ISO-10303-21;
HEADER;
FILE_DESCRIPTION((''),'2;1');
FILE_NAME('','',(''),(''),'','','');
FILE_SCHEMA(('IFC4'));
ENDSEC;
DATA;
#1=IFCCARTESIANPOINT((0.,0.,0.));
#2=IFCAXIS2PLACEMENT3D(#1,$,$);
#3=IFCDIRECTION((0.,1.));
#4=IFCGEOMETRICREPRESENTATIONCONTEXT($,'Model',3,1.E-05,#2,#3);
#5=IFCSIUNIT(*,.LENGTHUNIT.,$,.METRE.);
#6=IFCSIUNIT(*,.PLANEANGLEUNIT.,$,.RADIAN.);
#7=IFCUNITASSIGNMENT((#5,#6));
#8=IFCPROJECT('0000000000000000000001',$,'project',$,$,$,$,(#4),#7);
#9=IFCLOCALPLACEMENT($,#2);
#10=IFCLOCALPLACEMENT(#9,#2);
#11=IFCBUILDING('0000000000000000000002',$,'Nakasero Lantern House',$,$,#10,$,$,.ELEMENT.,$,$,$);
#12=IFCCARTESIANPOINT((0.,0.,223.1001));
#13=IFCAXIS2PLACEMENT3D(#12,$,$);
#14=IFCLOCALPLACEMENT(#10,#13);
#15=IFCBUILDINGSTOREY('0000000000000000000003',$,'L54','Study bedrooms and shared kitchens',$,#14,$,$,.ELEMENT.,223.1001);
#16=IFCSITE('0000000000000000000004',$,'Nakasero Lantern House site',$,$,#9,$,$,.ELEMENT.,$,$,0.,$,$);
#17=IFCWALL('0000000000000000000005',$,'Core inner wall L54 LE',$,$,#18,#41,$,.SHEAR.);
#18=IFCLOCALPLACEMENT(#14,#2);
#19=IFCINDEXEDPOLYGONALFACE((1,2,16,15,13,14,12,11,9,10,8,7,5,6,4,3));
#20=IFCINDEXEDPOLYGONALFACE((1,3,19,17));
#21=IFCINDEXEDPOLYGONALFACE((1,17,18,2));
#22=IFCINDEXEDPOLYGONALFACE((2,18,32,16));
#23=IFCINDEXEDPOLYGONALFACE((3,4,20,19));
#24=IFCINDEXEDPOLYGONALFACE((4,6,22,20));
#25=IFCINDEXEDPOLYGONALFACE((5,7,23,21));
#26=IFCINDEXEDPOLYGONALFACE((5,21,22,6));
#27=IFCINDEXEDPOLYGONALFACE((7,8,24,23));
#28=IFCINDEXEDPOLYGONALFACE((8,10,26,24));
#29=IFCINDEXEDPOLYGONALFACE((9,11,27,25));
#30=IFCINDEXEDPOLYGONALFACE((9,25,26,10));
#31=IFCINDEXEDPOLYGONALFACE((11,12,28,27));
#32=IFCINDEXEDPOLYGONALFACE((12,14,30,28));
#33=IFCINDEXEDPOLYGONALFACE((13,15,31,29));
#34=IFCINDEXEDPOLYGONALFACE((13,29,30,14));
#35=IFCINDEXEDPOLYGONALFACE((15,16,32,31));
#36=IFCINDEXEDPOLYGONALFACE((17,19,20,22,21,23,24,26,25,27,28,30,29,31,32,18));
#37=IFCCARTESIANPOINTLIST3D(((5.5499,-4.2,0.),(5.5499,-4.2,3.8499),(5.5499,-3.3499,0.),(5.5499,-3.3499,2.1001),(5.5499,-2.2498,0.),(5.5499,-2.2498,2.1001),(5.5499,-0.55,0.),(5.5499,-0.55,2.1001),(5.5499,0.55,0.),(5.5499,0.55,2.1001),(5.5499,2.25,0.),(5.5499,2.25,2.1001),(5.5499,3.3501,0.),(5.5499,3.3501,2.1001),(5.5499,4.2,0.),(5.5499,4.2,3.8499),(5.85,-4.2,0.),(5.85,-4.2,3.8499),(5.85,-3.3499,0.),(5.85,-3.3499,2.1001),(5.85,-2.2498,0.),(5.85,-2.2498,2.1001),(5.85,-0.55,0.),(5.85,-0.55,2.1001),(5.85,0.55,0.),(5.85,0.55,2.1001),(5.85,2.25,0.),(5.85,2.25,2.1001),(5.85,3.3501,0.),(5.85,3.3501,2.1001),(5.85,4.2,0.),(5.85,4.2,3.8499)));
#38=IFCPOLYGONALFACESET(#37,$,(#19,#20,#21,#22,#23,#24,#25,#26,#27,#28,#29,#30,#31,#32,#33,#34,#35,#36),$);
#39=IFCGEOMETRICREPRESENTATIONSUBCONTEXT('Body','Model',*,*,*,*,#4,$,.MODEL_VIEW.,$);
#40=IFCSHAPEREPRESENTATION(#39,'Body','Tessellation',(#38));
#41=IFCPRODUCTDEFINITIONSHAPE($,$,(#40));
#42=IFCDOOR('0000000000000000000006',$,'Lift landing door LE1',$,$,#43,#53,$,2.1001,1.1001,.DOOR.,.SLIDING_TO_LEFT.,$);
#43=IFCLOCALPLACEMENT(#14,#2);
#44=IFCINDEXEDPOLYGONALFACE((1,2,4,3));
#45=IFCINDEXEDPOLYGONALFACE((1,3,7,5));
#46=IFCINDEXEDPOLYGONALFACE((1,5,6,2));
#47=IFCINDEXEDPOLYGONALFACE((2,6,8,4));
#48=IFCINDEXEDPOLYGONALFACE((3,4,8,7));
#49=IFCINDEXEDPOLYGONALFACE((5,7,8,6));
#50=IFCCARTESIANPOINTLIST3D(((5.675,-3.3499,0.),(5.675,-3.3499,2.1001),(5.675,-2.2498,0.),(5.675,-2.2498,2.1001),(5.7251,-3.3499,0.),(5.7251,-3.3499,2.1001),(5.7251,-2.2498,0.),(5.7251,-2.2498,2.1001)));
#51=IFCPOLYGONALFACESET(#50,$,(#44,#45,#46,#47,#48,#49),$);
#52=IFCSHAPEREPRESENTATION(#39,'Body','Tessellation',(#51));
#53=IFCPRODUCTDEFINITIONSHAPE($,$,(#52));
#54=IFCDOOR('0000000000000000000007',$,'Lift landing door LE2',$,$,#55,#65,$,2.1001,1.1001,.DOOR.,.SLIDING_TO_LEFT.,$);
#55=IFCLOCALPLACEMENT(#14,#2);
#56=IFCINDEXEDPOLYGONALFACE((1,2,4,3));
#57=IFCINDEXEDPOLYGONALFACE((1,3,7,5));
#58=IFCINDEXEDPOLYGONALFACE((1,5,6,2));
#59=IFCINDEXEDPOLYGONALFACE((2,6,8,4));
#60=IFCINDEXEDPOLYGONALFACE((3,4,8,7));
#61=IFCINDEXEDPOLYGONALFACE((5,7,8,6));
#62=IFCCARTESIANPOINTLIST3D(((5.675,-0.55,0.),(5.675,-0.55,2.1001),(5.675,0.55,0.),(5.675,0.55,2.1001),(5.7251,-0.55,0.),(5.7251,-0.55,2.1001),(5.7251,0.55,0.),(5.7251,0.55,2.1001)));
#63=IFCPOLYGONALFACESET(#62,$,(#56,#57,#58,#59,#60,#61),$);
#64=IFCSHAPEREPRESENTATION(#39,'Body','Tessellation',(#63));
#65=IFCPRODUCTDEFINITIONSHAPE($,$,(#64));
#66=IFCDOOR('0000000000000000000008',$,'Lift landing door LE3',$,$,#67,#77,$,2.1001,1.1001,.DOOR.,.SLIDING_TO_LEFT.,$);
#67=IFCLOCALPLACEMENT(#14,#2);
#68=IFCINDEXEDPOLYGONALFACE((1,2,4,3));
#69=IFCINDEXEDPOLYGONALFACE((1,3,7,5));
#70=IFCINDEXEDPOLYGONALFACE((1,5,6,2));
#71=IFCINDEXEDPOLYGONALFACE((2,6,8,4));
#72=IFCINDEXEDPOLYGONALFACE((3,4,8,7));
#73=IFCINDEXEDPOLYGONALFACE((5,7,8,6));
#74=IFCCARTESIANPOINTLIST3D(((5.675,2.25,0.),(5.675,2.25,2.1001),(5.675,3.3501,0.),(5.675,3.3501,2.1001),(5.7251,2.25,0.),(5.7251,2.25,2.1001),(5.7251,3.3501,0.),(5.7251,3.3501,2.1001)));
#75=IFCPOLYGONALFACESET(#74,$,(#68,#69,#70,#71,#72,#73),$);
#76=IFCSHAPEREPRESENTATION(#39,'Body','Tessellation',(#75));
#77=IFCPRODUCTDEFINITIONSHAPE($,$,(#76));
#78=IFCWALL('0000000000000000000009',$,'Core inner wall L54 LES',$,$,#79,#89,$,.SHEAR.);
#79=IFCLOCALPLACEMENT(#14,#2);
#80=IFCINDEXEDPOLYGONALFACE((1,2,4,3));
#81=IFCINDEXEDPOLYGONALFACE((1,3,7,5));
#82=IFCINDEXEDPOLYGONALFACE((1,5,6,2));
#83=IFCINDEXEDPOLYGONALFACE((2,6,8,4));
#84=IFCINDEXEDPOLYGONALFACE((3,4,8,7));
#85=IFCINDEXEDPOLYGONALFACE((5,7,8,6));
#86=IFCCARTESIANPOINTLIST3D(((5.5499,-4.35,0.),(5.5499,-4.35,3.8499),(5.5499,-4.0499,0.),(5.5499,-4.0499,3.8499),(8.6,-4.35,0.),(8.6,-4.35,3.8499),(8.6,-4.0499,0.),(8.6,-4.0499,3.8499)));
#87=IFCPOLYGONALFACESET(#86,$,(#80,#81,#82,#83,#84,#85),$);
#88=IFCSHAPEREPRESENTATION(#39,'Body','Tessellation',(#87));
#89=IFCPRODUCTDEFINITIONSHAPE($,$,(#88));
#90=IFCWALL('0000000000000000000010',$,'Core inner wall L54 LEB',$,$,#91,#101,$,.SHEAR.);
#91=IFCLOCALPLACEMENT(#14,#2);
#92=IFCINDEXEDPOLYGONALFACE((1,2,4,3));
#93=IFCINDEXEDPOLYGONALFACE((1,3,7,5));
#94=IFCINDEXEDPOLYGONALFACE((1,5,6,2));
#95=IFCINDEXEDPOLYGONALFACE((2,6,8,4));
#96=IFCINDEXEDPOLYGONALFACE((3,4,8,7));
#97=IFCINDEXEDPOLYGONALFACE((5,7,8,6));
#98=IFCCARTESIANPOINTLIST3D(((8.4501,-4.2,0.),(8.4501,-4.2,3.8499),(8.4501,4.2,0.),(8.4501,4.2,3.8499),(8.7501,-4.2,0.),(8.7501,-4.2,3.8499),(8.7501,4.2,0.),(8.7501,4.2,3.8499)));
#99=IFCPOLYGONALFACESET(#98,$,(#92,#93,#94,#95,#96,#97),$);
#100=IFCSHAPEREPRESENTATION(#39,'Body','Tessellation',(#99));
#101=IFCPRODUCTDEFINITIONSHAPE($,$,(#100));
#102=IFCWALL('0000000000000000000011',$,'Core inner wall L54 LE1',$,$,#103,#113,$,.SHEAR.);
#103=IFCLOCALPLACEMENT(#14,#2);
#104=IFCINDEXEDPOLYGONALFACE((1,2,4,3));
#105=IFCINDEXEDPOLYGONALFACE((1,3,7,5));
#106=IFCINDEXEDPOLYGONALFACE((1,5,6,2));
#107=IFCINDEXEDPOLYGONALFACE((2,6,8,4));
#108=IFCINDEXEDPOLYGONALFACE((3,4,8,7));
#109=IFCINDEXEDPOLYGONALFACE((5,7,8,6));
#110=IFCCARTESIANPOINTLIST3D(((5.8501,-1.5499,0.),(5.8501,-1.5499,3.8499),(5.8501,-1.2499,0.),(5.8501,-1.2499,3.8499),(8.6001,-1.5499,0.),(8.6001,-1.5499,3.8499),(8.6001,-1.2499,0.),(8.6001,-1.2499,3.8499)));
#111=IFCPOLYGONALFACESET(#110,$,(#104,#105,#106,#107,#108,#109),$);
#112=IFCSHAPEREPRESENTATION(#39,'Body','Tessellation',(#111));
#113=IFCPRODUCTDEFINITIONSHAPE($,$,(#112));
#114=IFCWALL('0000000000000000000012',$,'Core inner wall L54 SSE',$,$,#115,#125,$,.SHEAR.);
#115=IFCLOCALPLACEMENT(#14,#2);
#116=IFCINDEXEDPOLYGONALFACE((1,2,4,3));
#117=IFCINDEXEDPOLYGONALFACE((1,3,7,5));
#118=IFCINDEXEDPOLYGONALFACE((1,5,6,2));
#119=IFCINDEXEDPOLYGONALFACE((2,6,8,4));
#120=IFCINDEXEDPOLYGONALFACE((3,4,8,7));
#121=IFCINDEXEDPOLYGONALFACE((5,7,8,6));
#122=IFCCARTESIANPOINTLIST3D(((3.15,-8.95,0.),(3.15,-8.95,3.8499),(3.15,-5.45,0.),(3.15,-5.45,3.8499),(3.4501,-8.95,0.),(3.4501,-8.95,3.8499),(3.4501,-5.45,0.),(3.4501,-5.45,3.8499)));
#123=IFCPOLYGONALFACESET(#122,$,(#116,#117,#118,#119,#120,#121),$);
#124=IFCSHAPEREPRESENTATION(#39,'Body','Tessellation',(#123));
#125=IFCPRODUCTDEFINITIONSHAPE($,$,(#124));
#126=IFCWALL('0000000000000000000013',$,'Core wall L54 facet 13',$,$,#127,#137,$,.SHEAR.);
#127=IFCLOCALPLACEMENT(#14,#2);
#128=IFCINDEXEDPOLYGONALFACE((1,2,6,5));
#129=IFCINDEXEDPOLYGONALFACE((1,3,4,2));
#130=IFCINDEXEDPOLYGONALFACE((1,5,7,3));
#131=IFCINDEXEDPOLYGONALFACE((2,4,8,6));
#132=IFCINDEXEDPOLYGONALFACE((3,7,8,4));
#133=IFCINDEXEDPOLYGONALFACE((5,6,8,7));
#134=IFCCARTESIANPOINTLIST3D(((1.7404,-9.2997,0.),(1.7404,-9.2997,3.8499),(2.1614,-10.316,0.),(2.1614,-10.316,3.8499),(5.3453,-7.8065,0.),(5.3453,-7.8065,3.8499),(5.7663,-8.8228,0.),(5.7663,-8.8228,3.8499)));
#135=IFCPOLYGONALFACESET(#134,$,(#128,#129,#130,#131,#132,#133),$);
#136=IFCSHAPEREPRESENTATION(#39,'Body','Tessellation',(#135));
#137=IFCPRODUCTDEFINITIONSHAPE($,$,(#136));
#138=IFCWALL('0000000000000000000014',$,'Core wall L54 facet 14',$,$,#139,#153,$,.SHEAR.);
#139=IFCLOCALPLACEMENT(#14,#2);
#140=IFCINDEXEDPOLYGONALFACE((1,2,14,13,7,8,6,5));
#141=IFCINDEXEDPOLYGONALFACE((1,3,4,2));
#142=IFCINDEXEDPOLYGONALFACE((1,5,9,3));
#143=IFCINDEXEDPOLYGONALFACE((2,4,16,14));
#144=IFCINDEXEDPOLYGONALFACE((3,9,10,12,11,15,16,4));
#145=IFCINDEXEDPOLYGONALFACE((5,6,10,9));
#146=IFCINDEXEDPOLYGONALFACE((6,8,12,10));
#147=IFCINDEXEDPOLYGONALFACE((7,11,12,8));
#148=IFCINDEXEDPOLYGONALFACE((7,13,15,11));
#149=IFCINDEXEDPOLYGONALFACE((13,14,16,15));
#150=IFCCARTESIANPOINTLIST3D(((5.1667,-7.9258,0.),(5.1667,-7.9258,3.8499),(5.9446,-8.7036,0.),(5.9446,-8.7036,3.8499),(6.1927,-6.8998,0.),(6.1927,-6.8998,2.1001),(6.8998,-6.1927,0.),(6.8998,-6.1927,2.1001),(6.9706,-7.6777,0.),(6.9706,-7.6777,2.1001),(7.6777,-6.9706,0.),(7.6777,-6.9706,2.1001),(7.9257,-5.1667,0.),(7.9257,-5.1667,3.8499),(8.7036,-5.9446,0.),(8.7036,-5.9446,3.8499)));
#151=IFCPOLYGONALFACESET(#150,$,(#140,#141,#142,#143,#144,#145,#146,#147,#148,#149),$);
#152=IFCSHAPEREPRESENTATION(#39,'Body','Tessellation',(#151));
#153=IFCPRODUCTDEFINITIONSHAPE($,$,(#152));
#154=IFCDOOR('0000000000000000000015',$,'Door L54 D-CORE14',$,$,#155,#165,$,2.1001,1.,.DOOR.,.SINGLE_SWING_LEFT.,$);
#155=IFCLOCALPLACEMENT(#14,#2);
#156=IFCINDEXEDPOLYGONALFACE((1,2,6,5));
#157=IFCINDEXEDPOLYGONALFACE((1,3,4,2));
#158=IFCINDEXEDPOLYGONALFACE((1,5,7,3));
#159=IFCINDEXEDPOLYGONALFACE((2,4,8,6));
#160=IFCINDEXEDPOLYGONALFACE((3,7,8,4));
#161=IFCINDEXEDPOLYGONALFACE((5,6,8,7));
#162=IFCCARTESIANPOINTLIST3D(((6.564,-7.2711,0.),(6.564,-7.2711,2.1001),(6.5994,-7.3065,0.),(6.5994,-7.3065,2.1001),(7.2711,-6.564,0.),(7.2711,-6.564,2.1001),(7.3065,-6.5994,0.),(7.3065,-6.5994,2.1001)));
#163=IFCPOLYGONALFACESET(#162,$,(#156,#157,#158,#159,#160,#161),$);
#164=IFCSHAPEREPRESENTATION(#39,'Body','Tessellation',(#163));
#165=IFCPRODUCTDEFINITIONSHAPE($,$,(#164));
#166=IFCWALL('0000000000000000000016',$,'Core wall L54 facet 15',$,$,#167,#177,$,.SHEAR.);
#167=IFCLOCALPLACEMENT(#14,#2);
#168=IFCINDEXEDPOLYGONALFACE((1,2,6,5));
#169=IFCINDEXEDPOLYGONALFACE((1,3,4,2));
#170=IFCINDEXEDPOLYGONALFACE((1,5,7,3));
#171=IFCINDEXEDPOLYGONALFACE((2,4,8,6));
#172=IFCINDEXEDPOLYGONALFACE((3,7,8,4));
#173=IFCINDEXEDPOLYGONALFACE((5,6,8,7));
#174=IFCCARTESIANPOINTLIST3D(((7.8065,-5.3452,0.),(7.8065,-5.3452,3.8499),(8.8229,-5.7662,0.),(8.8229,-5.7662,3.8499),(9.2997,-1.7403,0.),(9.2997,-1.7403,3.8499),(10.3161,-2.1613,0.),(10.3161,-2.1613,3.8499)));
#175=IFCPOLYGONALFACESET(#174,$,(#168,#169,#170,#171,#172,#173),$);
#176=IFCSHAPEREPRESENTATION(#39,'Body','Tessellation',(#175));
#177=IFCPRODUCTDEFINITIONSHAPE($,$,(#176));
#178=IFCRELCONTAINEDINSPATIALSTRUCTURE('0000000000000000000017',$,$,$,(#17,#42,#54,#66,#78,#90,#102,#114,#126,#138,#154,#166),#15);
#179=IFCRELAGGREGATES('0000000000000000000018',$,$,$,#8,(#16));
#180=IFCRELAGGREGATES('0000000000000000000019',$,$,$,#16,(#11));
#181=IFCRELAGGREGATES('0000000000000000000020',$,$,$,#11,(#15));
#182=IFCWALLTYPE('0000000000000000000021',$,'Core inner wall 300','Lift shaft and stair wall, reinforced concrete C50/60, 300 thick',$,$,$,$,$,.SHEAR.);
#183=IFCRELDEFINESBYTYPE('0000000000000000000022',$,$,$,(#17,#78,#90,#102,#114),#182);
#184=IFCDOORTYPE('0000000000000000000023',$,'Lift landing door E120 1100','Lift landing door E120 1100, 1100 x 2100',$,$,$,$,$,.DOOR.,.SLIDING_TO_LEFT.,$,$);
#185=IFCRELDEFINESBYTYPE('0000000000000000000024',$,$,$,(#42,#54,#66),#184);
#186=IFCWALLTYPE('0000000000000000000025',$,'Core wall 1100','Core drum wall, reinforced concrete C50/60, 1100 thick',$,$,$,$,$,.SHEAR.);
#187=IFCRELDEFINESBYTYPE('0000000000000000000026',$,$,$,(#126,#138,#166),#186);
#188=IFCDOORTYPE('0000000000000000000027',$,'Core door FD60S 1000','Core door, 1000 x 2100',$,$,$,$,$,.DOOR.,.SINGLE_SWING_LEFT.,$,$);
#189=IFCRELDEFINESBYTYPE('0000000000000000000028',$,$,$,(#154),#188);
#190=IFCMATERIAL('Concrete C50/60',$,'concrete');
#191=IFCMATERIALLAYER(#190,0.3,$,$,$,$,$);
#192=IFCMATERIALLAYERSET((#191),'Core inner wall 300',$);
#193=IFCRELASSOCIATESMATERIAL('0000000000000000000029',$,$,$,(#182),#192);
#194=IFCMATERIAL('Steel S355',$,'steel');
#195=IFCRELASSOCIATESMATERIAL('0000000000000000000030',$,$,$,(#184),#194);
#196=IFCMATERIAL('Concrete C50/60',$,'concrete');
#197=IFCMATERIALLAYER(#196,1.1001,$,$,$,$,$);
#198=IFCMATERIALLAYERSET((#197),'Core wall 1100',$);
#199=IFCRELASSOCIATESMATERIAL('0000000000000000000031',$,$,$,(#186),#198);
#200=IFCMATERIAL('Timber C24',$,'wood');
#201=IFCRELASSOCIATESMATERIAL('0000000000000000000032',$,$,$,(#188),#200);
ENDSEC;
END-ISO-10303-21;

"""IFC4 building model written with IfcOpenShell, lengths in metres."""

from ifc_helpers import new_model, si_unit, direction, frame, frame_2d, origin, place, context, subcontext, project, spatial, rectangle, extrude, material, layer, layer_set, type_object, element, fill, save


model = new_model("IFC4")

# Units and contexts
model_context = context("Model", 3, precision=1e-05, world=origin(), true_north=direction((0.0, 1.0)))
body_context = subcontext(model_context, "Body", "Model", "MODEL_VIEW")
ifc_project = project(units=[si_unit("LENGTHUNIT", "METRE"), si_unit("PLANEANGLEUNIT", "RADIAN")], contexts=[model_context])

# Site, building, storey
site_placement = place(None, origin())
site = spatial("IfcSite", under=ifc_project, at=site_placement, Name="Nakasero Lantern House site", CompositionType="ELEMENT", RefElevation=0.0)
building_placement = place(site_placement, origin())
building = spatial("IfcBuilding", under=site, at=building_placement, Name="Nakasero Lantern House", CompositionType="ELEMENT")
storey_placement = place(building_placement, frame((0.0, 0.0, 223.1001)))
storey = spatial("IfcBuildingStorey", under=building, at=storey_placement, Name="L54", Description="Study bedrooms and shared kitchens", CompositionType="ELEMENT", Elevation=223.1001)

# Wall, openings, doors
ifc_material_1 = material(Name="Concrete C50/60", Category="concrete")
ifc_layer_1 = layer(ifc_material_1, 0.3)
ifc_layer_set_1 = layer_set([ifc_layer_1], Name="Core inner wall 300")
wall_type_1 = type_object("IfcWallType", Name="Core inner wall 300", Description="Lift shaft and stair wall, reinforced concrete C50/60, 300 thick", PredefinedType="SHEAR", material=ifc_layer_set_1)
wall_1_placement = place(storey_placement, frame((5.7, -4.2, 0.0), z_axis=(0.0, 0.0, 1.0), x_axis=(0.0, 1.0, 0.0)))
wall_1 = element("IfcWall", 1, at=wall_1_placement, inside=storey, type_object=wall_type_1, Name="Core inner wall L54 LE", PredefinedType="SHEAR", context=body_context, shape_type="SweptSolid", body=[
    extrude(rectangle(XDim=8.3999, YDim=0.3, at=frame_2d((4.2, 0.0))), origin(), (0.0, 0.0, 1.0), 3.8499),
])
opening_1_placement = place(wall_1_placement, frame((0.8501, 0.0, 0.0)))
opening_1 = element("IfcOpeningElement", 2, at=opening_1_placement, cuts=wall_1, PredefinedType="OPENING", context=body_context, shape_type="SweptSolid", body=[
    extrude(rectangle(XDim=1.1001, YDim=2.1001, at=frame_2d((0.55, 1.05))), frame((0.0, 0.1699, 0.0), z_axis=(0.0, -1.0, 0.0), x_axis=(1.0, 0.0, 0.0)), (0.0, 0.0, 1.0), 0.3401),
])
opening_2_placement = place(wall_1_placement, frame((3.6499, 0.0, 0.0)))
opening_2 = element("IfcOpeningElement", 3, at=opening_2_placement, cuts=wall_1, PredefinedType="OPENING", context=body_context, shape_type="SweptSolid", body=[
    extrude(rectangle(XDim=1.1001, YDim=2.1001, at=frame_2d((0.55, 1.05))), frame((0.0, 0.1699, 0.0), z_axis=(0.0, -1.0, 0.0), x_axis=(1.0, 0.0, 0.0)), (0.0, 0.0, 1.0), 0.3401),
])
opening_3_placement = place(wall_1_placement, frame((6.45, 0.0, 0.0)))
opening_3 = element("IfcOpeningElement", 4, at=opening_3_placement, cuts=wall_1, PredefinedType="OPENING", context=body_context, shape_type="SweptSolid", body=[
    extrude(rectangle(XDim=1.1001, YDim=2.1001, at=frame_2d((0.55, 1.05))), frame((0.0, 0.1699, 0.0), z_axis=(0.0, -1.0, 0.0), x_axis=(1.0, 0.0, 0.0)), (0.0, 0.0, 1.0), 0.3401),
])
ifc_material_2 = material(Name="Steel S355", Category="steel")
door_type_1 = type_object("IfcDoorType", Name="Lift landing door E120 1100", Description="Lift landing door E120 1100, 1100 x 2100", OperationType="SLIDING_TO_LEFT", PredefinedType="DOOR", material=ifc_material_2)
door_1_placement = place(opening_1_placement, origin())
door_1 = element("IfcDoor", 5, at=door_1_placement, inside=storey, type_object=door_type_1, Name="Lift landing door LE1", OperationType="SLIDING_TO_LEFT", OverallHeight=2.1001, OverallWidth=1.1001, PredefinedType="DOOR", context=body_context, shape_type="SweptSolid", body=[
    extrude(rectangle(XDim=1.1001, YDim=2.1001, at=frame_2d((0.55, 1.05))), frame((0.0, 0.0249, 0.0), z_axis=(0.0, -1.0, 0.0), x_axis=(1.0, 0.0, 0.0)), (0.0, 0.0, 1.0), 0.05),
])
fill(opening_1, door_1)
door_2_placement = place(opening_2_placement, origin())
door_2 = element("IfcDoor", 6, at=door_2_placement, inside=storey, type_object=door_type_1, Name="Lift landing door LE2", OperationType="SLIDING_TO_LEFT", OverallHeight=2.1001, OverallWidth=1.1001, PredefinedType="DOOR", context=body_context, shape_type="SweptSolid", body=[
    extrude(rectangle(XDim=1.1001, YDim=2.1001, at=frame_2d((0.55, 1.05))), frame((0.0, 0.0249, 0.0), z_axis=(0.0, -1.0, 0.0), x_axis=(1.0, 0.0, 0.0)), (0.0, 0.0, 1.0), 0.05),
])
fill(opening_2, door_2)
door_3_placement = place(opening_3_placement, origin())
door_3 = element("IfcDoor", 7, at=door_3_placement, inside=storey, type_object=door_type_1, Name="Lift landing door LE3", OperationType="SLIDING_TO_LEFT", OverallHeight=2.1001, OverallWidth=1.1001, PredefinedType="DOOR", context=body_context, shape_type="SweptSolid", body=[
    extrude(rectangle(XDim=1.1001, YDim=2.1001, at=frame_2d((0.55, 1.05))), frame((0.0, 0.0249, 0.0), z_axis=(0.0, -1.0, 0.0), x_axis=(1.0, 0.0, 0.0)), (0.0, 0.0, 1.0), 0.05),
])
fill(opening_3, door_3)

# Walls
wall_2_placement = place(storey_placement, frame((5.55, -4.2, 0.0), z_axis=(0.0, 0.0, 1.0), x_axis=(1.0, 0.0, 0.0)))
element("IfcWall", 8, at=wall_2_placement, inside=storey, type_object=wall_type_1, Name="Core inner wall L54 LES", PredefinedType="SHEAR", context=body_context, shape_type="SweptSolid", body=[
    extrude(rectangle(XDim=3.05, YDim=0.3, at=frame_2d((1.5249, 0.0))), origin(), (0.0, 0.0, 1.0), 3.8499),
])
wall_3_placement = place(storey_placement, frame((8.6001, -4.2, 0.0), z_axis=(0.0, 0.0, 1.0), x_axis=(0.0, 1.0, 0.0)))
element("IfcWall", 9, at=wall_3_placement, inside=storey, type_object=wall_type_1, Name="Core inner wall L54 LEB", PredefinedType="SHEAR", context=body_context, shape_type="SweptSolid", body=[
    extrude(rectangle(XDim=8.3999, YDim=0.3, at=frame_2d((4.2, 0.0))), origin(), (0.0, 0.0, 1.0), 3.8499),
])
wall_4_placement = place(storey_placement, frame((5.8501, -1.3999, 0.0), z_axis=(0.0, 0.0, 1.0), x_axis=(1.0, 0.0, 0.0)))
element("IfcWall", 10, at=wall_4_placement, inside=storey, type_object=wall_type_1, Name="Core inner wall L54 LE1", PredefinedType="SHEAR", context=body_context, shape_type="SweptSolid", body=[
    extrude(rectangle(XDim=2.75, YDim=0.3, at=frame_2d((1.375, 0.0))), origin(), (0.0, 0.0, 1.0), 3.8499),
])
wall_5_placement = place(storey_placement, frame((3.3, -5.45, 0.0), z_axis=(0.0, 0.0, 1.0), x_axis=(0.0, -1.0, 0.0)))
element("IfcWall", 11, at=wall_5_placement, inside=storey, type_object=wall_type_1, Name="Core inner wall L54 SSE", PredefinedType="SHEAR", context=body_context, shape_type="SweptSolid", body=[
    extrude(rectangle(XDim=3.5, YDim=0.3, at=frame_2d((1.75, 0.0))), origin(), (0.0, 0.0, 1.0), 3.8499),
])
ifc_material_3 = material(Name="Concrete C50/60", Category="concrete")
ifc_layer_2 = layer(ifc_material_3, 1.1001)
ifc_layer_set_2 = layer_set([ifc_layer_2], Name="Core wall 1100")
wall_type_2 = type_object("IfcWallType", Name="Core wall 1100", Description="Core drum wall, reinforced concrete C50/60, 1100 thick", PredefinedType="SHEAR", material=ifc_layer_set_2)
wall_6_placement = place(storey_placement, frame((1.9509, -9.8079, 0.0), z_axis=(0.0, 0.0, 1.0), x_axis=(0.923877, 0.382691, 0.0)))
element("IfcWall", 12, at=wall_6_placement, inside=storey, type_object=wall_type_2, Name="Core wall L54 facet 13", PredefinedType="SHEAR", context=body_context, shape_type="SweptSolid", body=[
    extrude(rectangle(XDim=3.9019, YDim=1.1001, at=frame_2d((1.9509, 0.0))), origin(), (0.0, 0.0, 1.0), 3.8499),
])

# Wall, opening, door
wall_7_placement = place(storey_placement, frame((5.5557, -8.3147, 0.0), z_axis=(0.0, 0.0, 1.0), x_axis=(0.707107, 0.707107, 0.0)))
wall_7 = element("IfcWall", 13, at=wall_7_placement, inside=storey, type_object=wall_type_2, Name="Core wall L54 facet 14", PredefinedType="SHEAR", context=body_context, shape_type="SweptSolid", body=[
    extrude(rectangle(XDim=3.9019, YDim=1.1001, at=frame_2d((1.9509, 0.0))), origin(), (0.0, 0.0, 1.0), 3.8499),
])
opening_4_placement = place(wall_7_placement, frame((1.4509, 0.0, 0.0)))
opening_4 = element("IfcOpeningElement", 14, at=opening_4_placement, cuts=wall_7, PredefinedType="OPENING", context=body_context, shape_type="SweptSolid", body=[
    extrude(rectangle(XDim=1.0, YDim=2.1001, at=frame_2d((0.5, 1.05))), frame((0.0, 0.5701, 0.0), z_axis=(0.0, -1.0, 0.0), x_axis=(1.0, 0.0, 0.0)), (0.0, 0.0, 1.0), 1.1401),
])
ifc_material_4 = material(Name="Timber C24", Category="wood")
door_type_2 = type_object("IfcDoorType", Name="Core door FD60S 1000", Description="Core door, 1000 x 2100", OperationType="SINGLE_SWING_LEFT", PredefinedType="DOOR", material=ifc_material_4)
door_4_placement = place(opening_4_placement, origin())
door_4 = element("IfcDoor", 15, at=door_4_placement, inside=storey, type_object=door_type_2, Name="Door L54 D-CORE14", OperationType="SINGLE_SWING_LEFT", OverallHeight=2.1001, OverallWidth=1.0, PredefinedType="DOOR", context=body_context, shape_type="SweptSolid", body=[
    extrude(rectangle(XDim=1.0, YDim=2.1001, at=frame_2d((0.5, 1.05))), frame((0.0, 0.0249, 0.0), z_axis=(0.0, -1.0, 0.0), x_axis=(1.0, 0.0, 0.0)), (0.0, 0.0, 1.0), 0.05),
])
fill(opening_4, door_4)

# Wall
wall_8_placement = place(storey_placement, frame((8.3147, -5.5557, 0.0), z_axis=(0.0, 0.0, 1.0), x_axis=(0.382691, 0.923877, 0.0)))
element("IfcWall", 16, at=wall_8_placement, inside=storey, type_object=wall_type_2, Name="Core wall L54 facet 15", PredefinedType="SHEAR", context=body_context, shape_type="SweptSolid", body=[
    extrude(rectangle(XDim=3.9019, YDim=1.1001, at=frame_2d((1.9509, 0.0))), origin(), (0.0, 0.0, 1.0), 3.8499),
])

save(model, "model.ifc")
